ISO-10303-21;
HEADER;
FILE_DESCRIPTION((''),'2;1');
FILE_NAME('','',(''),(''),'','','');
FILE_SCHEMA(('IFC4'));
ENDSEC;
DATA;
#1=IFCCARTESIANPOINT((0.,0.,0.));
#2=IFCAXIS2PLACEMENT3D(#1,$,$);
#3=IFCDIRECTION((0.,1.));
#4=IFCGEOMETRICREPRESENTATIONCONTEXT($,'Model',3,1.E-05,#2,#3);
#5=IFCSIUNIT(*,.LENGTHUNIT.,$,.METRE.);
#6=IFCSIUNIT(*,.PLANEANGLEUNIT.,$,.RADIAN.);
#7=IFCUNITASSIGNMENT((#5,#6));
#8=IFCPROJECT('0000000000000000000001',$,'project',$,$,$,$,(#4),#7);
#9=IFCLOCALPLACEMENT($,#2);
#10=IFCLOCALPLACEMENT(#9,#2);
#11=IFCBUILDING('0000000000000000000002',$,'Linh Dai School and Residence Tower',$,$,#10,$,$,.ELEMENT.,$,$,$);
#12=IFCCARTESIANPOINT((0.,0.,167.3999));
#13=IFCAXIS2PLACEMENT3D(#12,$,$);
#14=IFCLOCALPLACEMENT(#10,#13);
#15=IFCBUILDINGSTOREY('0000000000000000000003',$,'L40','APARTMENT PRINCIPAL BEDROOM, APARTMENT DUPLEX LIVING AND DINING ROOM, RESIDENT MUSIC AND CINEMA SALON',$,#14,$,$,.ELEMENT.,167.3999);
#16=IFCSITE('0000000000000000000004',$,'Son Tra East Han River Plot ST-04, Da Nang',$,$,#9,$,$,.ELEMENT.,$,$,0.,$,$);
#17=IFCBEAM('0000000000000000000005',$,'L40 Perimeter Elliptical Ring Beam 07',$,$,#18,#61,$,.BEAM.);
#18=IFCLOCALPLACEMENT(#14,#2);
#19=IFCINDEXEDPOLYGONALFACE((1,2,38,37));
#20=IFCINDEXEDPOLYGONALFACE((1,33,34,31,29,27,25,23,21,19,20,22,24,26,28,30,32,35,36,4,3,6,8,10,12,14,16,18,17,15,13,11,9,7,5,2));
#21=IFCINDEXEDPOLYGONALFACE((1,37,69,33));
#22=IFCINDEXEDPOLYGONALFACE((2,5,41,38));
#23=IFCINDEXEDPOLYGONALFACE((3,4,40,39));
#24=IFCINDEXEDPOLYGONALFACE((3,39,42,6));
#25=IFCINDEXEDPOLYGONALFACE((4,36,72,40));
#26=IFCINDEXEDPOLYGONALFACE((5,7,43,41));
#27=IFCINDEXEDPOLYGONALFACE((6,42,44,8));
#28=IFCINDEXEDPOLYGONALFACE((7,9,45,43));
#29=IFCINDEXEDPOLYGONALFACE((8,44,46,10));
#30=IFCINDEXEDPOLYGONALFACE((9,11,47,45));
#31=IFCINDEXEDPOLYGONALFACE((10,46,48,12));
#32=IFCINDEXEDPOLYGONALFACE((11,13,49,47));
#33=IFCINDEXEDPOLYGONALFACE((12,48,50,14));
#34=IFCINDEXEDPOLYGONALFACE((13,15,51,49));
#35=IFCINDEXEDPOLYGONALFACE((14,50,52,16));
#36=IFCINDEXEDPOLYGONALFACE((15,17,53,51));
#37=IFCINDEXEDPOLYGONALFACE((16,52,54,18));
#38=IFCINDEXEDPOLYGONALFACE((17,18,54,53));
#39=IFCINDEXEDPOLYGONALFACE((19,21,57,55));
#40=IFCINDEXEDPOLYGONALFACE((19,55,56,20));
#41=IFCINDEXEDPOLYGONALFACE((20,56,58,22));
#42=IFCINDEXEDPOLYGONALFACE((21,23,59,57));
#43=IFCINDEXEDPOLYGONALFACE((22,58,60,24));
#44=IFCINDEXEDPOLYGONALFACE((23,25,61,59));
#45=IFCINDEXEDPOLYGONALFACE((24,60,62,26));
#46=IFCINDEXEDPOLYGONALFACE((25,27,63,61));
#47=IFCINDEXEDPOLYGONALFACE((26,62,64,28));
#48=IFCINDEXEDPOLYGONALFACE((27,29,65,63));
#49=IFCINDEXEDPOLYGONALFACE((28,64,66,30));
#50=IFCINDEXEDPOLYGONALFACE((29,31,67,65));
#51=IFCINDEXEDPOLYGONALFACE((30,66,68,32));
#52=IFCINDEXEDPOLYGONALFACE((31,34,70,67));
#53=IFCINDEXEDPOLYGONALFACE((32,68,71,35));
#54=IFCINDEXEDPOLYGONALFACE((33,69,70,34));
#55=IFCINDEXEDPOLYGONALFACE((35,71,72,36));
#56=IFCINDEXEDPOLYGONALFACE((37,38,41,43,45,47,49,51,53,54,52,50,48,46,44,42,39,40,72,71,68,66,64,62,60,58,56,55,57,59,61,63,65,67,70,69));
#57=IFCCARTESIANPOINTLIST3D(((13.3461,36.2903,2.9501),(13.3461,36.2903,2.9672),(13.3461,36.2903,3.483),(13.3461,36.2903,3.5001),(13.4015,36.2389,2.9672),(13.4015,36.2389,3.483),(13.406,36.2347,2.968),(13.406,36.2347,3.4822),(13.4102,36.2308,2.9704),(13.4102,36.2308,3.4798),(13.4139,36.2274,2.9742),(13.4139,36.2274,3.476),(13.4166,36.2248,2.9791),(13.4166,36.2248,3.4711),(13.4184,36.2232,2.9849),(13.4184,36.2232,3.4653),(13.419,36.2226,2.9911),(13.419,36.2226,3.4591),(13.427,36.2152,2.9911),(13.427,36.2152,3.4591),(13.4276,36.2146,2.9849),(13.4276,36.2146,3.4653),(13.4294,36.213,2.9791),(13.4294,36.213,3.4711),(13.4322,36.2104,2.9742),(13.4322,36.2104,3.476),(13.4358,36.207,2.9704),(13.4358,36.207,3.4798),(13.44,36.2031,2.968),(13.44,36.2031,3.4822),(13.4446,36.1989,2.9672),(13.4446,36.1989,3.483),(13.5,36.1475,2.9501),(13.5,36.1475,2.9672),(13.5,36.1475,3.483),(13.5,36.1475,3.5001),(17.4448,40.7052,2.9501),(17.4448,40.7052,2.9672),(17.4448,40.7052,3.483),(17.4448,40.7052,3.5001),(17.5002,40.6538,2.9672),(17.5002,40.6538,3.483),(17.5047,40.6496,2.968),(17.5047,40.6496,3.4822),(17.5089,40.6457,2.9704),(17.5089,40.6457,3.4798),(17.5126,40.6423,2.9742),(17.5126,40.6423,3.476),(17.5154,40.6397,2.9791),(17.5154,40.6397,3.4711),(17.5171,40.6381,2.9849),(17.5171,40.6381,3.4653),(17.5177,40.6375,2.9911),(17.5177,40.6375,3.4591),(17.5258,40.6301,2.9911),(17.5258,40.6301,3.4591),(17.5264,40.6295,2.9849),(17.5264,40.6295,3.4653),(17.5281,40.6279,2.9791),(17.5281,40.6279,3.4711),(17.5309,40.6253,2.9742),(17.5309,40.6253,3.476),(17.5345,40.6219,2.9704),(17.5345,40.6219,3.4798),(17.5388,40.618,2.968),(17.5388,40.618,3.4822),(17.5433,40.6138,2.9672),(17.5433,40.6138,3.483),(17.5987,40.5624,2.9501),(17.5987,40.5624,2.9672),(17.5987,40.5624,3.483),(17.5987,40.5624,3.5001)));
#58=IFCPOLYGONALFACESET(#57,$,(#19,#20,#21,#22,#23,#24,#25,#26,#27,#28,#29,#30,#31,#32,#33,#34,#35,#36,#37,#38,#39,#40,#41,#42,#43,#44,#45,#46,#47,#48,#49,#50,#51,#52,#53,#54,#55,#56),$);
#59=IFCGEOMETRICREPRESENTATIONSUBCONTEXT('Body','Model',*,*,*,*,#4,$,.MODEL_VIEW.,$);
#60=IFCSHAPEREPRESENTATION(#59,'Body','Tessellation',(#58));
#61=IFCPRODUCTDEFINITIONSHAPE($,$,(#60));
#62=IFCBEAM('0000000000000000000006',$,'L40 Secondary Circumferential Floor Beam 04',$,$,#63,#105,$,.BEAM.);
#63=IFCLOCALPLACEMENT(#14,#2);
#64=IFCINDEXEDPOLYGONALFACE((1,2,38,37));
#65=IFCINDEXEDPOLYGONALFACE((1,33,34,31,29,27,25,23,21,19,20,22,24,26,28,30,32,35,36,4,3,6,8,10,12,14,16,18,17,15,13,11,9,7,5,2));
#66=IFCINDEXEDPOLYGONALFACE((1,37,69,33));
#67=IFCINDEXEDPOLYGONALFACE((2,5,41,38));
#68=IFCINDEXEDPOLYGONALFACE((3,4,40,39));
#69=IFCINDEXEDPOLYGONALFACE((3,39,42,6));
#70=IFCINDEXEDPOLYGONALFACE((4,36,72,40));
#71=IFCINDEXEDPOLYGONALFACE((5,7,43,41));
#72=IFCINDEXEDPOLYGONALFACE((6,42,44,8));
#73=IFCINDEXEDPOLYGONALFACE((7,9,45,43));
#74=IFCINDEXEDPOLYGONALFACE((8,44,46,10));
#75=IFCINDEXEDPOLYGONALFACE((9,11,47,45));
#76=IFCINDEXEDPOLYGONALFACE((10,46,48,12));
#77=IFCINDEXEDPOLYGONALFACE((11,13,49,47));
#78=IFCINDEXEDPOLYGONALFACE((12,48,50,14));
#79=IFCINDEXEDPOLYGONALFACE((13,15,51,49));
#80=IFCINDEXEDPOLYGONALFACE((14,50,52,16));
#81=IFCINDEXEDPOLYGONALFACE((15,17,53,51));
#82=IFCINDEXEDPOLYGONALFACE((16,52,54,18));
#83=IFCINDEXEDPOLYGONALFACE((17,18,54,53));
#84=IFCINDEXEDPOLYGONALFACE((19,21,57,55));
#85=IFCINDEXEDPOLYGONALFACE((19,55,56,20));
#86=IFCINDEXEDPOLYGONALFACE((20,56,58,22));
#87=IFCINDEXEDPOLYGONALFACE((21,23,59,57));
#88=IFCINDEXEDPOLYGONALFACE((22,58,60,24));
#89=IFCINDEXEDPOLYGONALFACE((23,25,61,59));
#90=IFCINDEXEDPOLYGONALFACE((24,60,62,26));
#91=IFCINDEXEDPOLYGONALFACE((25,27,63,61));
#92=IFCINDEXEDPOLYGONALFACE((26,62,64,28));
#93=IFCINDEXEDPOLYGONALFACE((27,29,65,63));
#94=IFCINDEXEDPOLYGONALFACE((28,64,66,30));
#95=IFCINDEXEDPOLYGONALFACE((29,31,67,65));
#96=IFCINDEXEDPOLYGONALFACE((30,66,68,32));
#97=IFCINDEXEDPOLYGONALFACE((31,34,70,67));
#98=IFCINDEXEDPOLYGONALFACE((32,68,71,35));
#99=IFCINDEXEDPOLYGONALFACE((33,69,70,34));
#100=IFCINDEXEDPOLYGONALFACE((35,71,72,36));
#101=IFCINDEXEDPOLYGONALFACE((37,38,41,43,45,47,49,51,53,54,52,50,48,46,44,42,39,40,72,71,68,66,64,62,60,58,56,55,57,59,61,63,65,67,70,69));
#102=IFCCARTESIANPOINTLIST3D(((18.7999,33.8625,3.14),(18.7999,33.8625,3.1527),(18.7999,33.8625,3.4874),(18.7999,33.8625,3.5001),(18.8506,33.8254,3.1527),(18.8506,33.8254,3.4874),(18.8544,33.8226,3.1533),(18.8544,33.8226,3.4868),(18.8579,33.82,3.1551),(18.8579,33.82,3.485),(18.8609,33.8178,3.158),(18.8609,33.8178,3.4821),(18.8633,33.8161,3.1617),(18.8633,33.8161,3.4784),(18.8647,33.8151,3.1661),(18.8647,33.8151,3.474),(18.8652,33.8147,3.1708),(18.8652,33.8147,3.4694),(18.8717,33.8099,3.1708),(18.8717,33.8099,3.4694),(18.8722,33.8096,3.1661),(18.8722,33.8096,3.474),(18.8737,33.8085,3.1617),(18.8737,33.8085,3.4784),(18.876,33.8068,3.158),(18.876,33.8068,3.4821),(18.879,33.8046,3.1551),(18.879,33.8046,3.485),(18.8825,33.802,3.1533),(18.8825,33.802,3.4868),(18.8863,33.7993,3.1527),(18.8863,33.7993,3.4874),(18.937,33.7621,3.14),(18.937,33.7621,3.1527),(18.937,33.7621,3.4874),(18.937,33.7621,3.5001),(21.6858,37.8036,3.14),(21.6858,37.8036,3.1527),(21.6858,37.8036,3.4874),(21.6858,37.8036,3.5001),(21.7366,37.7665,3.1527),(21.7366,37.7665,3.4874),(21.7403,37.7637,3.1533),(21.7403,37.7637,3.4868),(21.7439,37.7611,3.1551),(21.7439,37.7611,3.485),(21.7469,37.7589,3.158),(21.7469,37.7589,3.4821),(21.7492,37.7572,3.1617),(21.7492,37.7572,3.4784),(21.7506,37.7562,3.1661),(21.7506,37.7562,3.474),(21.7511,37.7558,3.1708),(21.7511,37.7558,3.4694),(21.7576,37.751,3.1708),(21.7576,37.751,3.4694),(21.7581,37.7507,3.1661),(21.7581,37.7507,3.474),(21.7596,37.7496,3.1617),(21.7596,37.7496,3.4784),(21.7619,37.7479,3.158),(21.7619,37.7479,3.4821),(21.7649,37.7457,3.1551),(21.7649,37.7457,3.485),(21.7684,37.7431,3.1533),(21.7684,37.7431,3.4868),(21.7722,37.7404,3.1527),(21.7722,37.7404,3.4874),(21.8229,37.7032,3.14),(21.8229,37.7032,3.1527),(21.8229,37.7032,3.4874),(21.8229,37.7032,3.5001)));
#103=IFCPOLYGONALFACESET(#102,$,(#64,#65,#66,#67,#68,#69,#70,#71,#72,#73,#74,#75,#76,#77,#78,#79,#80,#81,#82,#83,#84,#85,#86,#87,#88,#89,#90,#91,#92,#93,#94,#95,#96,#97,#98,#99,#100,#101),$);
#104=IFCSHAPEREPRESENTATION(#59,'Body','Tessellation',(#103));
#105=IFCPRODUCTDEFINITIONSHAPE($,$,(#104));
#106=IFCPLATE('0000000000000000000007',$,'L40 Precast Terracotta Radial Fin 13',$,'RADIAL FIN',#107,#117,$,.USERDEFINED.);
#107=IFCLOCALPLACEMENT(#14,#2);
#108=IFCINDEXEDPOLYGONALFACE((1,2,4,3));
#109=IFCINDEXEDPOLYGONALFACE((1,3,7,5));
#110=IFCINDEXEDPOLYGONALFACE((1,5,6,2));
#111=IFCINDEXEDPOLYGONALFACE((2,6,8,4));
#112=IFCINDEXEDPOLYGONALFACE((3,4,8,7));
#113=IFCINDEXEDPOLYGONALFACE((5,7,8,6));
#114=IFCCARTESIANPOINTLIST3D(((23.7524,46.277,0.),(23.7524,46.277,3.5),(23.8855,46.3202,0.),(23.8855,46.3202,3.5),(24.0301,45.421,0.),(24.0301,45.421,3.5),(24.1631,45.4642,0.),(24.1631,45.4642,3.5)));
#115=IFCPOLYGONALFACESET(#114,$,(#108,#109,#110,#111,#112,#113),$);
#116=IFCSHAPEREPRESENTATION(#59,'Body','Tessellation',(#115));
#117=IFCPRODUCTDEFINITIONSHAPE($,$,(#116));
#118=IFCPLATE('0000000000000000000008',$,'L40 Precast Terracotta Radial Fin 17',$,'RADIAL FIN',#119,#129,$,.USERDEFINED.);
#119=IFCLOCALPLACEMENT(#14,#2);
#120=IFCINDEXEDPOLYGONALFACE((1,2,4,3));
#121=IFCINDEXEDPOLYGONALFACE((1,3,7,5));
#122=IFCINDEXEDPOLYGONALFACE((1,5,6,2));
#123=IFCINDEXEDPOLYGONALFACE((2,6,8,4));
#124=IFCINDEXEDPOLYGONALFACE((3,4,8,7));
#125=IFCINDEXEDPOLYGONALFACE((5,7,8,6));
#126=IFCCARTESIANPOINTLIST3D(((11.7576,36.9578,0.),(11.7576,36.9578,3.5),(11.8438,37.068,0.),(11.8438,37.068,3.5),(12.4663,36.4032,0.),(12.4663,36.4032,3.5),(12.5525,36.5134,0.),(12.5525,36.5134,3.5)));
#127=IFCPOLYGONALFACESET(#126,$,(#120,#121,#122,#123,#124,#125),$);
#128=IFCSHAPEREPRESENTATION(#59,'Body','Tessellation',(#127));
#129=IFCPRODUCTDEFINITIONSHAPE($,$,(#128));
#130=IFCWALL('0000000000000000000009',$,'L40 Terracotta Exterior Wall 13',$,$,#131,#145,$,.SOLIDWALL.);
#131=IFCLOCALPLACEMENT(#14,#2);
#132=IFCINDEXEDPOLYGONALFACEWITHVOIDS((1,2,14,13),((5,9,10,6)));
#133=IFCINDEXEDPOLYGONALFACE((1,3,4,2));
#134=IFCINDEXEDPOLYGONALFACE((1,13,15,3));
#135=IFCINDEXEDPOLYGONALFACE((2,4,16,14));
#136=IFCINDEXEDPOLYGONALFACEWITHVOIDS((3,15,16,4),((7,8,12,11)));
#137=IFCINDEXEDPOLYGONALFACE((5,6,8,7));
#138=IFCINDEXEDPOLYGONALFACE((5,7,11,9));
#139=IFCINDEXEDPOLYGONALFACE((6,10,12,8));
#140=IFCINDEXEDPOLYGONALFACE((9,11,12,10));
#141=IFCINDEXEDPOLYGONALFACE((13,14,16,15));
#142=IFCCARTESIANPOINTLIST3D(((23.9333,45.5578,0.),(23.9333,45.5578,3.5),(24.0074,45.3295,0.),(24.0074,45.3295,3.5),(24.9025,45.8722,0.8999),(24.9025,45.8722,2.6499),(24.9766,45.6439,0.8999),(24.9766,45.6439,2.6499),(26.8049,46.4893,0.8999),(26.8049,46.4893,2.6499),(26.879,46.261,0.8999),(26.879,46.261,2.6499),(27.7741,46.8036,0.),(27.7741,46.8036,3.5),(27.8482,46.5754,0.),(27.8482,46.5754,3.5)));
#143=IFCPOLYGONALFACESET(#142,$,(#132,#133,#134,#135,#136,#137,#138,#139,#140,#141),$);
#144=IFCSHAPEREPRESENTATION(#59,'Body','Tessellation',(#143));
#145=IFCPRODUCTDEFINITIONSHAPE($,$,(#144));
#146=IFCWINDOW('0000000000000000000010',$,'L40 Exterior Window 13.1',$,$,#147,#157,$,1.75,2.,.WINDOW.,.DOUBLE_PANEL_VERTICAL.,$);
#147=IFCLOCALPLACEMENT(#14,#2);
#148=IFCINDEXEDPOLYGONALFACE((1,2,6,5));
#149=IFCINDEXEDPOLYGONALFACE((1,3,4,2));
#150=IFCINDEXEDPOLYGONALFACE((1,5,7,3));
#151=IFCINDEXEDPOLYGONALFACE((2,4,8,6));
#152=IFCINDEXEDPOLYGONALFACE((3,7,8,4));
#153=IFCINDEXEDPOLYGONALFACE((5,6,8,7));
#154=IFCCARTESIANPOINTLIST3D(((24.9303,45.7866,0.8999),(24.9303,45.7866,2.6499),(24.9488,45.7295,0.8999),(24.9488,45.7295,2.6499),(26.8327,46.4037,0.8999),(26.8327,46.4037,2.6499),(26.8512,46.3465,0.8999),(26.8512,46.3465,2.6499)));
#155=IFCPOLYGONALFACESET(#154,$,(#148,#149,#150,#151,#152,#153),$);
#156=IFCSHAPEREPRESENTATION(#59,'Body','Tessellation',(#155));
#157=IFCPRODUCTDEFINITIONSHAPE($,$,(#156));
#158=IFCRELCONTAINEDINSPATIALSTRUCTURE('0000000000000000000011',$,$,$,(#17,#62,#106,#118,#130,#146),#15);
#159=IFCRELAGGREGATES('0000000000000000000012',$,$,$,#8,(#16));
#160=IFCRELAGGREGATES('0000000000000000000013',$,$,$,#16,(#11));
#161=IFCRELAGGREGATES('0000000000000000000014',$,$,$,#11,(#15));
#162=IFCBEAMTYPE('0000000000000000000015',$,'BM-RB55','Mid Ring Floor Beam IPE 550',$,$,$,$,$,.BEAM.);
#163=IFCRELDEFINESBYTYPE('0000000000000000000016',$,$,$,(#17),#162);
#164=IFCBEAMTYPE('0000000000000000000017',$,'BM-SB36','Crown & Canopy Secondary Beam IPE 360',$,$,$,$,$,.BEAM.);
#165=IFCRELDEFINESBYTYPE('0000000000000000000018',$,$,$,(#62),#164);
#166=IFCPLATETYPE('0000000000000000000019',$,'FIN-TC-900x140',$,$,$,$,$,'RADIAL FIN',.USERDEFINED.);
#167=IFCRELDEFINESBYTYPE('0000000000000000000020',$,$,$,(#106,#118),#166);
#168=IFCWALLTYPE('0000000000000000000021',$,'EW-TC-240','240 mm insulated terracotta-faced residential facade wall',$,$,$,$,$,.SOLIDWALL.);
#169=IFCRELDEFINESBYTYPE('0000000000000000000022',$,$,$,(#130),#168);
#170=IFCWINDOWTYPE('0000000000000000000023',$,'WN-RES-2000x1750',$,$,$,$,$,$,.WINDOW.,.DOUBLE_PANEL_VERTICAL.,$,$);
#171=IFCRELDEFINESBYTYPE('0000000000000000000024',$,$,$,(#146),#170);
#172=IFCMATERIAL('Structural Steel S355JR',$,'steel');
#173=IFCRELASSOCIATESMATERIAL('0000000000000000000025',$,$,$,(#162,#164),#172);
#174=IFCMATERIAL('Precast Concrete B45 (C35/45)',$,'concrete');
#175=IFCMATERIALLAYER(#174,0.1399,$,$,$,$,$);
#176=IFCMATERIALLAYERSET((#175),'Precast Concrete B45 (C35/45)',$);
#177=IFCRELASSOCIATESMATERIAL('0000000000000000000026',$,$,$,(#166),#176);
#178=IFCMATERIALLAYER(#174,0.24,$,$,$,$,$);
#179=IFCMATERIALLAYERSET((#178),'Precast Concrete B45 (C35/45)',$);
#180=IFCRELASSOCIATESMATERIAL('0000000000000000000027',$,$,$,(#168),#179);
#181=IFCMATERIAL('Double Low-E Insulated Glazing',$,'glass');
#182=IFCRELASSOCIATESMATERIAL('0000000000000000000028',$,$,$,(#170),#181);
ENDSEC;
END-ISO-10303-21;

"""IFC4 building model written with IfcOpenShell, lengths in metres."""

from ifc_helpers import new_model, si_unit, direction, frame, frame_2d, origin, origin_2d, place, context, subcontext, project, spatial, rectangle, i_section, extrude, source, transform, mapped, material, layer, layer_set, material_profile, profile_set, type_object, element, fill, save


model = new_model("IFC4")

# Units and contexts
model_context = context("Model", 3, precision=1e-05, world=origin(), true_north=direction((0.0, 1.0)))
body_context = subcontext(model_context, "Body", "Model", "MODEL_VIEW")
ifc_project = project(units=[si_unit("LENGTHUNIT", "METRE"), si_unit("PLANEANGLEUNIT", "RADIAN")], contexts=[model_context])

# Site, building, storey
site_placement = place(None, origin())
site = spatial("IfcSite", under=ifc_project, at=site_placement, Name="Son Tra East Han River Plot ST-04, Da Nang", CompositionType="ELEMENT", RefElevation=0.0)
building_placement = place(site_placement, origin())
building = spatial("IfcBuilding", under=site, at=building_placement, Name="Linh Dai School and Residence Tower", CompositionType="ELEMENT")
storey_placement = place(building_placement, frame((0.0, 0.0, 167.3999)))
storey = spatial("IfcBuildingStorey", under=building, at=storey_placement, Name="L40", Description="APARTMENT PRINCIPAL BEDROOM, APARTMENT DUPLEX LIVING AND DINING ROOM, RESIDENT MUSIC AND CINEMA SALON", CompositionType="ELEMENT", Elevation=167.3999)

# Shared definitions
ifc_material_1 = material(Name="Structural Steel S355JR", Category="steel")

# Beams
ifc_material_profile_1 = material_profile(ifc_material_1, i_section(OverallWidth=0.21, OverallDepth=0.55, WebThickness=0.011, FlangeThickness=0.0171, FilletRadius=0.0239, at=origin_2d()), Name="IPE 550")
ifc_profile_set_1 = profile_set([ifc_material_profile_1], Name="Structural Steel S355JR")
beam_type_1 = type_object("IfcBeamType", Name="BM-RB55", Description="Mid Ring Floor Beam IPE 550", PredefinedType="BEAM", material=ifc_profile_set_1)
beam_1_placement = place(storey_placement, frame((17.5217, 40.6338, 3.2251), z_axis=(-0.680378, -0.732861, 0.0), x_axis=(0.732861, -0.680378, 0.0)))
element("IfcBeam", 1, at=beam_1_placement, inside=storey, type_object=beam_type_1, Name="L40 Perimeter Elliptical Ring Beam 07", PredefinedType="BEAM", context=body_context, shape_type="SweptSolid", body=[
    extrude(i_section(OverallWidth=0.21, OverallDepth=0.55, WebThickness=0.011, FlangeThickness=0.0171, FilletRadius=0.0239, at=origin_2d()), origin(), (0.0, 0.0, 1.0), 6.0242),
])
ifc_material_profile_2 = material_profile(ifc_material_1, i_section(OverallWidth=0.1699, OverallDepth=0.3601, WebThickness=0.0081, FlangeThickness=0.0127, FilletRadius=0.0181, at=origin_2d()), Name="IPE 360")
ifc_profile_set_2 = profile_set([ifc_material_profile_2], Name="Structural Steel S355JR")
beam_type_2 = type_object("IfcBeamType", Name="BM-SB36", Description="Crown & Canopy Secondary Beam IPE 360", PredefinedType="BEAM", material=ifc_profile_set_2)
beam_2_placement = place(storey_placement, frame((21.7544, 37.7534, 3.3201), z_axis=(-0.590805, -0.806815, 0.0), x_axis=(0.806815, -0.590805, 0.0)))
element("IfcBeam", 2, at=beam_2_placement, inside=storey, type_object=beam_type_2, Name="L40 Secondary Circumferential Floor Beam 04", PredefinedType="BEAM", context=body_context, shape_type="SweptSolid", body=[
    extrude(i_section(OverallWidth=0.1699, OverallDepth=0.3601, WebThickness=0.0081, FlangeThickness=0.0127, FilletRadius=0.0181, at=origin_2d()), origin(), (0.0, 0.0, 1.0), 4.8848),
])

# Plates
ifc_material_2 = material(Name="Precast Concrete B45 (C35/45)", Category="concrete")
ifc_layer_1 = layer(ifc_material_2, 0.1399)
ifc_layer_set_1 = layer_set([ifc_layer_1], Name="Precast Concrete B45 (C35/45)")
plate_type = type_object("IfcPlateType", Name="FIN-TC-900x140", ElementType="RADIAL FIN", PredefinedType="USERDEFINED", material=ifc_layer_set_1)
shared_shape_1 = source(origin(), body_context, "Body", "SweptSolid", [
    extrude(rectangle(XDim=0.8999, YDim=0.1399, at=origin_2d()), origin(), (0.0, 0.0, 1.0), 3.5),
])
for number, where, z_axis, x_axis, name in (
    (3, (23.9578, 45.8706, 0.0), (0.0, 0.0, 1.0), (-0.308536, 0.951213, 0.0), "L40 Precast Terracotta Radial Fin 13"),
    (4, (12.155, 36.7356, 0.0), (0.0, 0.0, 1.0), (-0.787522, 0.616286, 0.0), "L40 Precast Terracotta Radial Fin 17"),
):
    element("IfcPlate", number, at=place(storey_placement, frame(where, z_axis=z_axis, x_axis=x_axis)), inside=storey, type_object=plate_type, Name=name, ObjectType="RADIAL FIN", PredefinedType="USERDEFINED", context=body_context, shape_type="MappedRepresentation", body=[
        mapped(shared_shape_1, transform((0.0, 0.0, 0.0), x_axis=(1.0, 0.0, 0.0), y_axis=(0.0, 1.0, 0.0), z_axis=(0.0, 0.0, 1.0), scale=1.0)),
    ])

# Wall, opening, window
ifc_layer_2 = layer(ifc_material_2, 0.24)
ifc_layer_set_2 = layer_set([ifc_layer_2], Name="Precast Concrete B45 (C35/45)")
wall_type_1 = type_object("IfcWallType", Name="EW-TC-240", Description="240 mm insulated terracotta-faced residential facade wall", PredefinedType="SOLIDWALL", material=ifc_layer_set_2)
wall_1_placement = place(storey_placement, frame((23.9702, 45.4436, 0.0), z_axis=(0.0, 0.0, 1.0), x_axis=(0.95121, 0.308545, 0.0)))
wall_1 = element("IfcWall", 5, at=wall_1_placement, inside=storey, type_object=wall_type_1, Name="L40 Terracotta Exterior Wall 13", PredefinedType="SOLIDWALL", context=body_context, shape_type="SweptSolid", body=[
    extrude(rectangle(XDim=4.0378, YDim=0.24, at=frame_2d((2.019, 0.0))), origin(), (0.0, 0.0, 1.0), 3.5),
])
opening_1_placement = place(wall_1_placement, frame((1.019, 0.0, 0.8999)))
opening_1 = element("IfcOpeningElement", 6, at=opening_1_placement, cuts=wall_1, PredefinedType="OPENING", context=body_context, shape_type="SweptSolid", body=[
    extrude(rectangle(XDim=2.0, YDim=1.75, at=origin_2d()), frame((1.0, 0.1299, 0.875), z_axis=(0.0, -1.0, 0.0), x_axis=(1.0, 0.0, 0.0)), (0.0, 0.0, 1.0), 0.26),
])
ifc_material_3 = material(Name="Double Low-E Insulated Glazing", Category="glass")
window_type_1 = type_object("IfcWindowType", Name="WN-RES-2000x1750", PartitioningType="DOUBLE_PANEL_VERTICAL", PredefinedType="WINDOW", material=ifc_material_3)
shared_shape_2 = source(origin(), body_context, "Body", "SweptSolid", [
    extrude(rectangle(XDim=2.0, YDim=1.75, at=origin_2d()), frame((1.0, 0.03, 0.875), z_axis=(0.0, -1.0, 0.0), x_axis=(1.0, 0.0, 0.0)), (0.0, 0.0, 1.0), 0.0601),
])
window_1_placement = place(opening_1_placement, origin())
window_1 = element("IfcWindow", 7, at=window_1_placement, inside=storey, type_object=window_type_1, Name="L40 Exterior Window 13.1", OverallHeight=1.75, OverallWidth=2.0, PartitioningType="DOUBLE_PANEL_VERTICAL", PredefinedType="WINDOW", context=body_context, shape_type="MappedRepresentation", body=[
    mapped(shared_shape_2, transform((0.0, 0.0, 0.0), x_axis=(1.0, 0.0, 0.0), y_axis=(0.0, 1.0, 0.0), z_axis=(0.0, 0.0, 1.0), scale=1.0)),
])
fill(opening_1, window_1)

save(model, "model.ifc")
